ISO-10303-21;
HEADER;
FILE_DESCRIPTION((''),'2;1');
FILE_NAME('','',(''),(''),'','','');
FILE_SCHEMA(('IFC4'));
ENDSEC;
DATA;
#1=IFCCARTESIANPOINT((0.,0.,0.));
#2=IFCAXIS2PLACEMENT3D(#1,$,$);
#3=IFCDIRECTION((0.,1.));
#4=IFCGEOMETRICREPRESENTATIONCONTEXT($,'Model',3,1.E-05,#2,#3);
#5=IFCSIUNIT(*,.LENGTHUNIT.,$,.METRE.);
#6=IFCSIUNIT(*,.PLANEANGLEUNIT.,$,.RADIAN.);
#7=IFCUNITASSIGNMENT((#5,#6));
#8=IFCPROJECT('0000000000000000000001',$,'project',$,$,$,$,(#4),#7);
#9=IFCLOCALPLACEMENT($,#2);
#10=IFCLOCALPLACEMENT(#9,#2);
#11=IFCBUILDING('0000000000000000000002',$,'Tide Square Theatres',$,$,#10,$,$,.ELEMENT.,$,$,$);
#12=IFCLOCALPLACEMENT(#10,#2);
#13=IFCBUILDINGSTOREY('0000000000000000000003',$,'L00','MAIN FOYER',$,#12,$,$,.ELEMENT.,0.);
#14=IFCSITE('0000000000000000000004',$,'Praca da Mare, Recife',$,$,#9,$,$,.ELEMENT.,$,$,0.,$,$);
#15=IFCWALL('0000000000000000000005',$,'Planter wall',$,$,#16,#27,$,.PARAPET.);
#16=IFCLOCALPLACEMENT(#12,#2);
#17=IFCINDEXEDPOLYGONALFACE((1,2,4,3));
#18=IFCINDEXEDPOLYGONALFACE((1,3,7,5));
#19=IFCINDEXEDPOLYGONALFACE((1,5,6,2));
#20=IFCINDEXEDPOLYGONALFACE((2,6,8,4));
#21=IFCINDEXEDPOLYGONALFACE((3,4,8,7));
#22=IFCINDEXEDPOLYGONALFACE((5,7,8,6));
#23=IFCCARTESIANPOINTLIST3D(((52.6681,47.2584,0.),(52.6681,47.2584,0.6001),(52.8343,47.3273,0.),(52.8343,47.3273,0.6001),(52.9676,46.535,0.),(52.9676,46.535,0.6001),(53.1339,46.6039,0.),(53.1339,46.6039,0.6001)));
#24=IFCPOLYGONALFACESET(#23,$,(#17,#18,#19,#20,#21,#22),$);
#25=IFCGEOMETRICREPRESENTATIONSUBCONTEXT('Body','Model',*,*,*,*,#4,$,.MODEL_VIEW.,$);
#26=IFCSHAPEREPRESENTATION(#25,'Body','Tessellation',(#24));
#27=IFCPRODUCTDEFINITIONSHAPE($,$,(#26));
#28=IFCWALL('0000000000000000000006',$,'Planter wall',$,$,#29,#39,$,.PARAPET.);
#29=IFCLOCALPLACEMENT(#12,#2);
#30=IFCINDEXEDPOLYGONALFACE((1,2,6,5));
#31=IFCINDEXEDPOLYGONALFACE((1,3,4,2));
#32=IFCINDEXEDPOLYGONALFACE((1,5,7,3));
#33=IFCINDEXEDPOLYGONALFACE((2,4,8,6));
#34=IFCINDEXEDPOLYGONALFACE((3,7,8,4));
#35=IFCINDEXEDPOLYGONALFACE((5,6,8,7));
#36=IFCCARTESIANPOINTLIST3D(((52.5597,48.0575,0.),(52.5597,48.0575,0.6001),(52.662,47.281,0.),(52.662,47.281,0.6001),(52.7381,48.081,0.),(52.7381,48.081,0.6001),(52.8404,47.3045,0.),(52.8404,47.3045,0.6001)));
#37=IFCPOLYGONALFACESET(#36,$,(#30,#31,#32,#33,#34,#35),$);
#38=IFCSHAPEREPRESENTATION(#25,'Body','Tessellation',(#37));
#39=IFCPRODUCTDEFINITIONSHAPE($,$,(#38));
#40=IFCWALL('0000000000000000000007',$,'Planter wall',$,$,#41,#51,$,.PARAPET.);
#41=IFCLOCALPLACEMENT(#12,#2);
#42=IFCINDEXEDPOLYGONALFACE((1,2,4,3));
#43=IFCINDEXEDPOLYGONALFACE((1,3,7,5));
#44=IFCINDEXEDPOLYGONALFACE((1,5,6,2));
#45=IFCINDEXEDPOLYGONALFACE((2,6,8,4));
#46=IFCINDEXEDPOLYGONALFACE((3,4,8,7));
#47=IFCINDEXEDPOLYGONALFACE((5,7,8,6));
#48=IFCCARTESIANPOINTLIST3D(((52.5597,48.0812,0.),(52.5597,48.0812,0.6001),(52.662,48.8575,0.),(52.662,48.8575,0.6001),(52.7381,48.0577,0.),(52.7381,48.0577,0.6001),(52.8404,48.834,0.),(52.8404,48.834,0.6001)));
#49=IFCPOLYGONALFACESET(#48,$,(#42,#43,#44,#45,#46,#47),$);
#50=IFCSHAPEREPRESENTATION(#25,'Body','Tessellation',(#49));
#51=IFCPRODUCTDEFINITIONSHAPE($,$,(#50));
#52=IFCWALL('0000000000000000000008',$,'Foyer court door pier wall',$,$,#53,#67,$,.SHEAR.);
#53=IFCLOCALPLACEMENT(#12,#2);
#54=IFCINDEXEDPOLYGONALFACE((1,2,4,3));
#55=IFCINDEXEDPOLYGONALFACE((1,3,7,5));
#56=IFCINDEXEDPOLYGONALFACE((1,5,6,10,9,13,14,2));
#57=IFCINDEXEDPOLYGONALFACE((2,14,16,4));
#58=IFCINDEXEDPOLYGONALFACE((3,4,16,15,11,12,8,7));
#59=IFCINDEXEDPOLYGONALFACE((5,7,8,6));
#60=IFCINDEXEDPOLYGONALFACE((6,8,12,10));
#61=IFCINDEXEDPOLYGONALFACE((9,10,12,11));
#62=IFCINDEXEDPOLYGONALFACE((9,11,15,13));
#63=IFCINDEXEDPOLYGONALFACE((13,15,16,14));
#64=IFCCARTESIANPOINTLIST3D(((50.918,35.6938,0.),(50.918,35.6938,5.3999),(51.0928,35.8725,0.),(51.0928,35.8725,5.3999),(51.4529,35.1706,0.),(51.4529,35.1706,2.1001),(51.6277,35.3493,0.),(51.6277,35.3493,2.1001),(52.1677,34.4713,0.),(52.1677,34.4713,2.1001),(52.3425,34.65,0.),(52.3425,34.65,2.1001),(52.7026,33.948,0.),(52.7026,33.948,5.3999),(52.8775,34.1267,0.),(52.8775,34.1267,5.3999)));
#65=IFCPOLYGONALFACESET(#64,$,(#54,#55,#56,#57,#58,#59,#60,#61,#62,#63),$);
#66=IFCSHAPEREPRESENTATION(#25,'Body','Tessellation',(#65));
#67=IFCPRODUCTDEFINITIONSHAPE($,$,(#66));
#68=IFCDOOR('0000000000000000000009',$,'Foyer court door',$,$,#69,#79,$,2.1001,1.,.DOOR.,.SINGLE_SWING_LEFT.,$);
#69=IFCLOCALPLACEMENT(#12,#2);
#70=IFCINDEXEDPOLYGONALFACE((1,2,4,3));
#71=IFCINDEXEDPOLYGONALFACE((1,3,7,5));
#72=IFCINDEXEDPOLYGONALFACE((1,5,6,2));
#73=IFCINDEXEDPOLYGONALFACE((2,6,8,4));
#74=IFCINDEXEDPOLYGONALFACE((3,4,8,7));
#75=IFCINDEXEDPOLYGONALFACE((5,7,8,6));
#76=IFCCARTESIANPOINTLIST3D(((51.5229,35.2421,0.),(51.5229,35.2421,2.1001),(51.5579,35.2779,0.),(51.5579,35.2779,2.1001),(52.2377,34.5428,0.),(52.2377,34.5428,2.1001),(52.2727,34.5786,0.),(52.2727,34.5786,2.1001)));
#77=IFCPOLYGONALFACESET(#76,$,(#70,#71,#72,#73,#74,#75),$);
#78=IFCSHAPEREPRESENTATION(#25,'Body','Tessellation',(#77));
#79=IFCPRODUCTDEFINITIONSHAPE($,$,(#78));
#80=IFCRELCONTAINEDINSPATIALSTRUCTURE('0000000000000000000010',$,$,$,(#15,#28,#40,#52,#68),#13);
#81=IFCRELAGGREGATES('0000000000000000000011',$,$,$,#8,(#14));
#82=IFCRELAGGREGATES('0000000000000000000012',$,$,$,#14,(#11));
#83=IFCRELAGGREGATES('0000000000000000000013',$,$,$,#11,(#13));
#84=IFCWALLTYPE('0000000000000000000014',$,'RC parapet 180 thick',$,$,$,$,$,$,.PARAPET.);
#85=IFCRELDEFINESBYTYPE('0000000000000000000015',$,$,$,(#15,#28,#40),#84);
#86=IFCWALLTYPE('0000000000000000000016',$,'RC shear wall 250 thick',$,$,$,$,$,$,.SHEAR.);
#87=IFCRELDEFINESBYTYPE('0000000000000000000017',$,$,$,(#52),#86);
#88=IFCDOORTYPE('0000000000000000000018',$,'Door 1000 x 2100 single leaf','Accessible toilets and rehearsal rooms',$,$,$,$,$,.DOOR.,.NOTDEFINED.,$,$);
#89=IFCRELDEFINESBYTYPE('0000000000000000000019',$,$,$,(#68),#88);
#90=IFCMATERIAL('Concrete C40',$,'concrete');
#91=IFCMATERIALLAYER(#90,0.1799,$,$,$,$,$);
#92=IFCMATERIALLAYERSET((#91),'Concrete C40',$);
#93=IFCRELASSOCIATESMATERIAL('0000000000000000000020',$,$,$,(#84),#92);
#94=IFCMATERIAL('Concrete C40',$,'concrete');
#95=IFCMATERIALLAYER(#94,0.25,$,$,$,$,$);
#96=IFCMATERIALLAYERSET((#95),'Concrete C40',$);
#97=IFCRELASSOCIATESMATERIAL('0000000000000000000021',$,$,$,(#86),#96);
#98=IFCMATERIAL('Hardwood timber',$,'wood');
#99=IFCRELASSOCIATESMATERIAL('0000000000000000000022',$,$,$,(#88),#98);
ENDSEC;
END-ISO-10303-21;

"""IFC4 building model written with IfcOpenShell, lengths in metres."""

from ifc_helpers import new_model, si_unit, direction, frame, frame_2d, origin, place, context, subcontext, project, spatial, rectangle, extrude, material, layer, layer_set, type_object, element, fill, save


model = new_model("IFC4")

# Units and contexts
model_context = context("Model", 3, precision=1e-05, world=origin(), true_north=direction((0.0, 1.0)))
body_context = subcontext(model_context, "Body", "Model", "MODEL_VIEW")
ifc_project = project(units=[si_unit("LENGTHUNIT", "METRE"), si_unit("PLANEANGLEUNIT", "RADIAN")], contexts=[model_context])

# Site, building, storey
site_placement = place(None, origin())
site = spatial("IfcSite", under=ifc_project, at=site_placement, Name="Praca da Mare, Recife", CompositionType="ELEMENT", RefElevation=0.0)
building_placement = place(site_placement, origin())
building = spatial("IfcBuilding", under=site, at=building_placement, Name="Tide Square Theatres", CompositionType="ELEMENT")
storey_placement = place(building_placement, origin())
storey = spatial("IfcBuildingStorey", under=building, at=storey_placement, Name="L00", Description="MAIN FOYER", CompositionType="ELEMENT", Elevation=0.0)

# Walls
ifc_material_1 = material(Name="Concrete C40", Category="concrete")
ifc_layer_1 = layer(ifc_material_1, 0.1799)
ifc_layer_set_1 = layer_set([ifc_layer_1], Name="Concrete C40")
wall_type_1 = type_object("IfcWallType", Name="RC parapet 180 thick", PredefinedType="PARAPET", material=ifc_layer_set_1)
wall_1_placement = place(storey_placement, frame((53.0508, 46.5693, 0.0), z_axis=(0.0, 0.0, 1.0), x_axis=(-0.3826, 0.923914, 0.0)))
element("IfcWall", 1, at=wall_1_placement, inside=storey, type_object=wall_type_1, Name="Planter wall", PredefinedType="PARAPET", context=body_context, shape_type="SweptSolid", body=[
    extrude(rectangle(XDim=0.783, YDim=0.1799, at=frame_2d((0.3916, 0.0))), origin(), (0.0, 0.0, 1.0), 0.6001),
])
wall_2_placement = place(storey_placement, frame((52.7512, 47.2927, 0.0), z_axis=(0.0, 0.0, 1.0), x_axis=(-0.130592, 0.991436, 0.0)))
element("IfcWall", 2, at=wall_2_placement, inside=storey, type_object=wall_type_1, Name="Planter wall", PredefinedType="PARAPET", context=body_context, shape_type="SweptSolid", body=[
    extrude(rectangle(XDim=0.7832, YDim=0.1799, at=frame_2d((0.3916, 0.0))), origin(), (0.0, 0.0, 1.0), 0.6001),
])
wall_3_placement = place(storey_placement, frame((52.6489, 48.0693, 0.0), z_axis=(0.0, 0.0, 1.0), x_axis=(0.130632, 0.991431, 0.0)))
element("IfcWall", 3, at=wall_3_placement, inside=storey, type_object=wall_type_1, Name="Planter wall", PredefinedType="PARAPET", context=body_context, shape_type="SweptSolid", body=[
    extrude(rectangle(XDim=0.783, YDim=0.1799, at=frame_2d((0.3916, 0.0))), origin(), (0.0, 0.0, 1.0), 0.6001),
])

# Wall, opening, door
ifc_material_2 = material(Name="Concrete C40", Category="concrete")
ifc_layer_2 = layer(ifc_material_2, 0.25)
ifc_layer_set_2 = layer_set([ifc_layer_2], Name="Concrete C40")
wall_type_2 = type_object("IfcWallType", Name="RC shear wall 250 thick", PredefinedType="SHEAR", material=ifc_layer_set_2)
wall_4_placement = place(storey_placement, frame((52.79, 34.0374, 0.0), z_axis=(0.0, 0.0, 1.0), x_axis=(-0.714838, 0.69929, 0.0)))
wall_4 = element("IfcWall", 4, at=wall_4_placement, inside=storey, type_object=wall_type_2, Name="Foyer court door pier wall", PredefinedType="SHEAR", context=body_context, shape_type="SweptSolid", body=[
    extrude(rectangle(XDim=2.4966, YDim=0.25, at=frame_2d((1.2483, 0.0))), origin(), (0.0, 0.0, 1.0), 5.3999),
])
opening_1_placement = place(wall_4_placement, frame((0.7483, 0.0, 0.0)))
opening_1 = element("IfcOpeningElement", 5, at=opening_1_placement, cuts=wall_4, PredefinedType="OPENING", context=body_context, shape_type="SweptSolid", body=[
    extrude(rectangle(XDim=1.0, YDim=2.1001, at=frame_2d((0.5, 1.05))), frame((0.0, 0.135, 0.0), z_axis=(0.0, -1.0, 0.0), x_axis=(1.0, 0.0, 0.0)), (0.0, 0.0, 1.0), 0.27),
])
ifc_material_3 = material(Name="Hardwood timber", Category="wood")
door_type = type_object("IfcDoorType", Name="Door 1000 x 2100 single leaf", Description="Accessible toilets and rehearsal rooms", OperationType="NOTDEFINED", PredefinedType="DOOR", material=ifc_material_3)
door_placement = place(opening_1_placement, origin())
door = element("IfcDoor", 6, at=door_placement, inside=storey, type_object=door_type, Name="Foyer court door", OperationType="SINGLE_SWING_LEFT", OverallHeight=2.1001, OverallWidth=1.0, PredefinedType="DOOR", context=body_context, shape_type="SweptSolid", body=[
    extrude(rectangle(XDim=1.0, YDim=2.1001, at=frame_2d((0.5, 1.05))), frame((0.0, 0.0249, 0.0), z_axis=(0.0, -1.0, 0.0), x_axis=(1.0, 0.0, 0.0)), (0.0, 0.0, 1.0), 0.05),
])
fill(opening_1, door)

save(model, "model.ifc")
